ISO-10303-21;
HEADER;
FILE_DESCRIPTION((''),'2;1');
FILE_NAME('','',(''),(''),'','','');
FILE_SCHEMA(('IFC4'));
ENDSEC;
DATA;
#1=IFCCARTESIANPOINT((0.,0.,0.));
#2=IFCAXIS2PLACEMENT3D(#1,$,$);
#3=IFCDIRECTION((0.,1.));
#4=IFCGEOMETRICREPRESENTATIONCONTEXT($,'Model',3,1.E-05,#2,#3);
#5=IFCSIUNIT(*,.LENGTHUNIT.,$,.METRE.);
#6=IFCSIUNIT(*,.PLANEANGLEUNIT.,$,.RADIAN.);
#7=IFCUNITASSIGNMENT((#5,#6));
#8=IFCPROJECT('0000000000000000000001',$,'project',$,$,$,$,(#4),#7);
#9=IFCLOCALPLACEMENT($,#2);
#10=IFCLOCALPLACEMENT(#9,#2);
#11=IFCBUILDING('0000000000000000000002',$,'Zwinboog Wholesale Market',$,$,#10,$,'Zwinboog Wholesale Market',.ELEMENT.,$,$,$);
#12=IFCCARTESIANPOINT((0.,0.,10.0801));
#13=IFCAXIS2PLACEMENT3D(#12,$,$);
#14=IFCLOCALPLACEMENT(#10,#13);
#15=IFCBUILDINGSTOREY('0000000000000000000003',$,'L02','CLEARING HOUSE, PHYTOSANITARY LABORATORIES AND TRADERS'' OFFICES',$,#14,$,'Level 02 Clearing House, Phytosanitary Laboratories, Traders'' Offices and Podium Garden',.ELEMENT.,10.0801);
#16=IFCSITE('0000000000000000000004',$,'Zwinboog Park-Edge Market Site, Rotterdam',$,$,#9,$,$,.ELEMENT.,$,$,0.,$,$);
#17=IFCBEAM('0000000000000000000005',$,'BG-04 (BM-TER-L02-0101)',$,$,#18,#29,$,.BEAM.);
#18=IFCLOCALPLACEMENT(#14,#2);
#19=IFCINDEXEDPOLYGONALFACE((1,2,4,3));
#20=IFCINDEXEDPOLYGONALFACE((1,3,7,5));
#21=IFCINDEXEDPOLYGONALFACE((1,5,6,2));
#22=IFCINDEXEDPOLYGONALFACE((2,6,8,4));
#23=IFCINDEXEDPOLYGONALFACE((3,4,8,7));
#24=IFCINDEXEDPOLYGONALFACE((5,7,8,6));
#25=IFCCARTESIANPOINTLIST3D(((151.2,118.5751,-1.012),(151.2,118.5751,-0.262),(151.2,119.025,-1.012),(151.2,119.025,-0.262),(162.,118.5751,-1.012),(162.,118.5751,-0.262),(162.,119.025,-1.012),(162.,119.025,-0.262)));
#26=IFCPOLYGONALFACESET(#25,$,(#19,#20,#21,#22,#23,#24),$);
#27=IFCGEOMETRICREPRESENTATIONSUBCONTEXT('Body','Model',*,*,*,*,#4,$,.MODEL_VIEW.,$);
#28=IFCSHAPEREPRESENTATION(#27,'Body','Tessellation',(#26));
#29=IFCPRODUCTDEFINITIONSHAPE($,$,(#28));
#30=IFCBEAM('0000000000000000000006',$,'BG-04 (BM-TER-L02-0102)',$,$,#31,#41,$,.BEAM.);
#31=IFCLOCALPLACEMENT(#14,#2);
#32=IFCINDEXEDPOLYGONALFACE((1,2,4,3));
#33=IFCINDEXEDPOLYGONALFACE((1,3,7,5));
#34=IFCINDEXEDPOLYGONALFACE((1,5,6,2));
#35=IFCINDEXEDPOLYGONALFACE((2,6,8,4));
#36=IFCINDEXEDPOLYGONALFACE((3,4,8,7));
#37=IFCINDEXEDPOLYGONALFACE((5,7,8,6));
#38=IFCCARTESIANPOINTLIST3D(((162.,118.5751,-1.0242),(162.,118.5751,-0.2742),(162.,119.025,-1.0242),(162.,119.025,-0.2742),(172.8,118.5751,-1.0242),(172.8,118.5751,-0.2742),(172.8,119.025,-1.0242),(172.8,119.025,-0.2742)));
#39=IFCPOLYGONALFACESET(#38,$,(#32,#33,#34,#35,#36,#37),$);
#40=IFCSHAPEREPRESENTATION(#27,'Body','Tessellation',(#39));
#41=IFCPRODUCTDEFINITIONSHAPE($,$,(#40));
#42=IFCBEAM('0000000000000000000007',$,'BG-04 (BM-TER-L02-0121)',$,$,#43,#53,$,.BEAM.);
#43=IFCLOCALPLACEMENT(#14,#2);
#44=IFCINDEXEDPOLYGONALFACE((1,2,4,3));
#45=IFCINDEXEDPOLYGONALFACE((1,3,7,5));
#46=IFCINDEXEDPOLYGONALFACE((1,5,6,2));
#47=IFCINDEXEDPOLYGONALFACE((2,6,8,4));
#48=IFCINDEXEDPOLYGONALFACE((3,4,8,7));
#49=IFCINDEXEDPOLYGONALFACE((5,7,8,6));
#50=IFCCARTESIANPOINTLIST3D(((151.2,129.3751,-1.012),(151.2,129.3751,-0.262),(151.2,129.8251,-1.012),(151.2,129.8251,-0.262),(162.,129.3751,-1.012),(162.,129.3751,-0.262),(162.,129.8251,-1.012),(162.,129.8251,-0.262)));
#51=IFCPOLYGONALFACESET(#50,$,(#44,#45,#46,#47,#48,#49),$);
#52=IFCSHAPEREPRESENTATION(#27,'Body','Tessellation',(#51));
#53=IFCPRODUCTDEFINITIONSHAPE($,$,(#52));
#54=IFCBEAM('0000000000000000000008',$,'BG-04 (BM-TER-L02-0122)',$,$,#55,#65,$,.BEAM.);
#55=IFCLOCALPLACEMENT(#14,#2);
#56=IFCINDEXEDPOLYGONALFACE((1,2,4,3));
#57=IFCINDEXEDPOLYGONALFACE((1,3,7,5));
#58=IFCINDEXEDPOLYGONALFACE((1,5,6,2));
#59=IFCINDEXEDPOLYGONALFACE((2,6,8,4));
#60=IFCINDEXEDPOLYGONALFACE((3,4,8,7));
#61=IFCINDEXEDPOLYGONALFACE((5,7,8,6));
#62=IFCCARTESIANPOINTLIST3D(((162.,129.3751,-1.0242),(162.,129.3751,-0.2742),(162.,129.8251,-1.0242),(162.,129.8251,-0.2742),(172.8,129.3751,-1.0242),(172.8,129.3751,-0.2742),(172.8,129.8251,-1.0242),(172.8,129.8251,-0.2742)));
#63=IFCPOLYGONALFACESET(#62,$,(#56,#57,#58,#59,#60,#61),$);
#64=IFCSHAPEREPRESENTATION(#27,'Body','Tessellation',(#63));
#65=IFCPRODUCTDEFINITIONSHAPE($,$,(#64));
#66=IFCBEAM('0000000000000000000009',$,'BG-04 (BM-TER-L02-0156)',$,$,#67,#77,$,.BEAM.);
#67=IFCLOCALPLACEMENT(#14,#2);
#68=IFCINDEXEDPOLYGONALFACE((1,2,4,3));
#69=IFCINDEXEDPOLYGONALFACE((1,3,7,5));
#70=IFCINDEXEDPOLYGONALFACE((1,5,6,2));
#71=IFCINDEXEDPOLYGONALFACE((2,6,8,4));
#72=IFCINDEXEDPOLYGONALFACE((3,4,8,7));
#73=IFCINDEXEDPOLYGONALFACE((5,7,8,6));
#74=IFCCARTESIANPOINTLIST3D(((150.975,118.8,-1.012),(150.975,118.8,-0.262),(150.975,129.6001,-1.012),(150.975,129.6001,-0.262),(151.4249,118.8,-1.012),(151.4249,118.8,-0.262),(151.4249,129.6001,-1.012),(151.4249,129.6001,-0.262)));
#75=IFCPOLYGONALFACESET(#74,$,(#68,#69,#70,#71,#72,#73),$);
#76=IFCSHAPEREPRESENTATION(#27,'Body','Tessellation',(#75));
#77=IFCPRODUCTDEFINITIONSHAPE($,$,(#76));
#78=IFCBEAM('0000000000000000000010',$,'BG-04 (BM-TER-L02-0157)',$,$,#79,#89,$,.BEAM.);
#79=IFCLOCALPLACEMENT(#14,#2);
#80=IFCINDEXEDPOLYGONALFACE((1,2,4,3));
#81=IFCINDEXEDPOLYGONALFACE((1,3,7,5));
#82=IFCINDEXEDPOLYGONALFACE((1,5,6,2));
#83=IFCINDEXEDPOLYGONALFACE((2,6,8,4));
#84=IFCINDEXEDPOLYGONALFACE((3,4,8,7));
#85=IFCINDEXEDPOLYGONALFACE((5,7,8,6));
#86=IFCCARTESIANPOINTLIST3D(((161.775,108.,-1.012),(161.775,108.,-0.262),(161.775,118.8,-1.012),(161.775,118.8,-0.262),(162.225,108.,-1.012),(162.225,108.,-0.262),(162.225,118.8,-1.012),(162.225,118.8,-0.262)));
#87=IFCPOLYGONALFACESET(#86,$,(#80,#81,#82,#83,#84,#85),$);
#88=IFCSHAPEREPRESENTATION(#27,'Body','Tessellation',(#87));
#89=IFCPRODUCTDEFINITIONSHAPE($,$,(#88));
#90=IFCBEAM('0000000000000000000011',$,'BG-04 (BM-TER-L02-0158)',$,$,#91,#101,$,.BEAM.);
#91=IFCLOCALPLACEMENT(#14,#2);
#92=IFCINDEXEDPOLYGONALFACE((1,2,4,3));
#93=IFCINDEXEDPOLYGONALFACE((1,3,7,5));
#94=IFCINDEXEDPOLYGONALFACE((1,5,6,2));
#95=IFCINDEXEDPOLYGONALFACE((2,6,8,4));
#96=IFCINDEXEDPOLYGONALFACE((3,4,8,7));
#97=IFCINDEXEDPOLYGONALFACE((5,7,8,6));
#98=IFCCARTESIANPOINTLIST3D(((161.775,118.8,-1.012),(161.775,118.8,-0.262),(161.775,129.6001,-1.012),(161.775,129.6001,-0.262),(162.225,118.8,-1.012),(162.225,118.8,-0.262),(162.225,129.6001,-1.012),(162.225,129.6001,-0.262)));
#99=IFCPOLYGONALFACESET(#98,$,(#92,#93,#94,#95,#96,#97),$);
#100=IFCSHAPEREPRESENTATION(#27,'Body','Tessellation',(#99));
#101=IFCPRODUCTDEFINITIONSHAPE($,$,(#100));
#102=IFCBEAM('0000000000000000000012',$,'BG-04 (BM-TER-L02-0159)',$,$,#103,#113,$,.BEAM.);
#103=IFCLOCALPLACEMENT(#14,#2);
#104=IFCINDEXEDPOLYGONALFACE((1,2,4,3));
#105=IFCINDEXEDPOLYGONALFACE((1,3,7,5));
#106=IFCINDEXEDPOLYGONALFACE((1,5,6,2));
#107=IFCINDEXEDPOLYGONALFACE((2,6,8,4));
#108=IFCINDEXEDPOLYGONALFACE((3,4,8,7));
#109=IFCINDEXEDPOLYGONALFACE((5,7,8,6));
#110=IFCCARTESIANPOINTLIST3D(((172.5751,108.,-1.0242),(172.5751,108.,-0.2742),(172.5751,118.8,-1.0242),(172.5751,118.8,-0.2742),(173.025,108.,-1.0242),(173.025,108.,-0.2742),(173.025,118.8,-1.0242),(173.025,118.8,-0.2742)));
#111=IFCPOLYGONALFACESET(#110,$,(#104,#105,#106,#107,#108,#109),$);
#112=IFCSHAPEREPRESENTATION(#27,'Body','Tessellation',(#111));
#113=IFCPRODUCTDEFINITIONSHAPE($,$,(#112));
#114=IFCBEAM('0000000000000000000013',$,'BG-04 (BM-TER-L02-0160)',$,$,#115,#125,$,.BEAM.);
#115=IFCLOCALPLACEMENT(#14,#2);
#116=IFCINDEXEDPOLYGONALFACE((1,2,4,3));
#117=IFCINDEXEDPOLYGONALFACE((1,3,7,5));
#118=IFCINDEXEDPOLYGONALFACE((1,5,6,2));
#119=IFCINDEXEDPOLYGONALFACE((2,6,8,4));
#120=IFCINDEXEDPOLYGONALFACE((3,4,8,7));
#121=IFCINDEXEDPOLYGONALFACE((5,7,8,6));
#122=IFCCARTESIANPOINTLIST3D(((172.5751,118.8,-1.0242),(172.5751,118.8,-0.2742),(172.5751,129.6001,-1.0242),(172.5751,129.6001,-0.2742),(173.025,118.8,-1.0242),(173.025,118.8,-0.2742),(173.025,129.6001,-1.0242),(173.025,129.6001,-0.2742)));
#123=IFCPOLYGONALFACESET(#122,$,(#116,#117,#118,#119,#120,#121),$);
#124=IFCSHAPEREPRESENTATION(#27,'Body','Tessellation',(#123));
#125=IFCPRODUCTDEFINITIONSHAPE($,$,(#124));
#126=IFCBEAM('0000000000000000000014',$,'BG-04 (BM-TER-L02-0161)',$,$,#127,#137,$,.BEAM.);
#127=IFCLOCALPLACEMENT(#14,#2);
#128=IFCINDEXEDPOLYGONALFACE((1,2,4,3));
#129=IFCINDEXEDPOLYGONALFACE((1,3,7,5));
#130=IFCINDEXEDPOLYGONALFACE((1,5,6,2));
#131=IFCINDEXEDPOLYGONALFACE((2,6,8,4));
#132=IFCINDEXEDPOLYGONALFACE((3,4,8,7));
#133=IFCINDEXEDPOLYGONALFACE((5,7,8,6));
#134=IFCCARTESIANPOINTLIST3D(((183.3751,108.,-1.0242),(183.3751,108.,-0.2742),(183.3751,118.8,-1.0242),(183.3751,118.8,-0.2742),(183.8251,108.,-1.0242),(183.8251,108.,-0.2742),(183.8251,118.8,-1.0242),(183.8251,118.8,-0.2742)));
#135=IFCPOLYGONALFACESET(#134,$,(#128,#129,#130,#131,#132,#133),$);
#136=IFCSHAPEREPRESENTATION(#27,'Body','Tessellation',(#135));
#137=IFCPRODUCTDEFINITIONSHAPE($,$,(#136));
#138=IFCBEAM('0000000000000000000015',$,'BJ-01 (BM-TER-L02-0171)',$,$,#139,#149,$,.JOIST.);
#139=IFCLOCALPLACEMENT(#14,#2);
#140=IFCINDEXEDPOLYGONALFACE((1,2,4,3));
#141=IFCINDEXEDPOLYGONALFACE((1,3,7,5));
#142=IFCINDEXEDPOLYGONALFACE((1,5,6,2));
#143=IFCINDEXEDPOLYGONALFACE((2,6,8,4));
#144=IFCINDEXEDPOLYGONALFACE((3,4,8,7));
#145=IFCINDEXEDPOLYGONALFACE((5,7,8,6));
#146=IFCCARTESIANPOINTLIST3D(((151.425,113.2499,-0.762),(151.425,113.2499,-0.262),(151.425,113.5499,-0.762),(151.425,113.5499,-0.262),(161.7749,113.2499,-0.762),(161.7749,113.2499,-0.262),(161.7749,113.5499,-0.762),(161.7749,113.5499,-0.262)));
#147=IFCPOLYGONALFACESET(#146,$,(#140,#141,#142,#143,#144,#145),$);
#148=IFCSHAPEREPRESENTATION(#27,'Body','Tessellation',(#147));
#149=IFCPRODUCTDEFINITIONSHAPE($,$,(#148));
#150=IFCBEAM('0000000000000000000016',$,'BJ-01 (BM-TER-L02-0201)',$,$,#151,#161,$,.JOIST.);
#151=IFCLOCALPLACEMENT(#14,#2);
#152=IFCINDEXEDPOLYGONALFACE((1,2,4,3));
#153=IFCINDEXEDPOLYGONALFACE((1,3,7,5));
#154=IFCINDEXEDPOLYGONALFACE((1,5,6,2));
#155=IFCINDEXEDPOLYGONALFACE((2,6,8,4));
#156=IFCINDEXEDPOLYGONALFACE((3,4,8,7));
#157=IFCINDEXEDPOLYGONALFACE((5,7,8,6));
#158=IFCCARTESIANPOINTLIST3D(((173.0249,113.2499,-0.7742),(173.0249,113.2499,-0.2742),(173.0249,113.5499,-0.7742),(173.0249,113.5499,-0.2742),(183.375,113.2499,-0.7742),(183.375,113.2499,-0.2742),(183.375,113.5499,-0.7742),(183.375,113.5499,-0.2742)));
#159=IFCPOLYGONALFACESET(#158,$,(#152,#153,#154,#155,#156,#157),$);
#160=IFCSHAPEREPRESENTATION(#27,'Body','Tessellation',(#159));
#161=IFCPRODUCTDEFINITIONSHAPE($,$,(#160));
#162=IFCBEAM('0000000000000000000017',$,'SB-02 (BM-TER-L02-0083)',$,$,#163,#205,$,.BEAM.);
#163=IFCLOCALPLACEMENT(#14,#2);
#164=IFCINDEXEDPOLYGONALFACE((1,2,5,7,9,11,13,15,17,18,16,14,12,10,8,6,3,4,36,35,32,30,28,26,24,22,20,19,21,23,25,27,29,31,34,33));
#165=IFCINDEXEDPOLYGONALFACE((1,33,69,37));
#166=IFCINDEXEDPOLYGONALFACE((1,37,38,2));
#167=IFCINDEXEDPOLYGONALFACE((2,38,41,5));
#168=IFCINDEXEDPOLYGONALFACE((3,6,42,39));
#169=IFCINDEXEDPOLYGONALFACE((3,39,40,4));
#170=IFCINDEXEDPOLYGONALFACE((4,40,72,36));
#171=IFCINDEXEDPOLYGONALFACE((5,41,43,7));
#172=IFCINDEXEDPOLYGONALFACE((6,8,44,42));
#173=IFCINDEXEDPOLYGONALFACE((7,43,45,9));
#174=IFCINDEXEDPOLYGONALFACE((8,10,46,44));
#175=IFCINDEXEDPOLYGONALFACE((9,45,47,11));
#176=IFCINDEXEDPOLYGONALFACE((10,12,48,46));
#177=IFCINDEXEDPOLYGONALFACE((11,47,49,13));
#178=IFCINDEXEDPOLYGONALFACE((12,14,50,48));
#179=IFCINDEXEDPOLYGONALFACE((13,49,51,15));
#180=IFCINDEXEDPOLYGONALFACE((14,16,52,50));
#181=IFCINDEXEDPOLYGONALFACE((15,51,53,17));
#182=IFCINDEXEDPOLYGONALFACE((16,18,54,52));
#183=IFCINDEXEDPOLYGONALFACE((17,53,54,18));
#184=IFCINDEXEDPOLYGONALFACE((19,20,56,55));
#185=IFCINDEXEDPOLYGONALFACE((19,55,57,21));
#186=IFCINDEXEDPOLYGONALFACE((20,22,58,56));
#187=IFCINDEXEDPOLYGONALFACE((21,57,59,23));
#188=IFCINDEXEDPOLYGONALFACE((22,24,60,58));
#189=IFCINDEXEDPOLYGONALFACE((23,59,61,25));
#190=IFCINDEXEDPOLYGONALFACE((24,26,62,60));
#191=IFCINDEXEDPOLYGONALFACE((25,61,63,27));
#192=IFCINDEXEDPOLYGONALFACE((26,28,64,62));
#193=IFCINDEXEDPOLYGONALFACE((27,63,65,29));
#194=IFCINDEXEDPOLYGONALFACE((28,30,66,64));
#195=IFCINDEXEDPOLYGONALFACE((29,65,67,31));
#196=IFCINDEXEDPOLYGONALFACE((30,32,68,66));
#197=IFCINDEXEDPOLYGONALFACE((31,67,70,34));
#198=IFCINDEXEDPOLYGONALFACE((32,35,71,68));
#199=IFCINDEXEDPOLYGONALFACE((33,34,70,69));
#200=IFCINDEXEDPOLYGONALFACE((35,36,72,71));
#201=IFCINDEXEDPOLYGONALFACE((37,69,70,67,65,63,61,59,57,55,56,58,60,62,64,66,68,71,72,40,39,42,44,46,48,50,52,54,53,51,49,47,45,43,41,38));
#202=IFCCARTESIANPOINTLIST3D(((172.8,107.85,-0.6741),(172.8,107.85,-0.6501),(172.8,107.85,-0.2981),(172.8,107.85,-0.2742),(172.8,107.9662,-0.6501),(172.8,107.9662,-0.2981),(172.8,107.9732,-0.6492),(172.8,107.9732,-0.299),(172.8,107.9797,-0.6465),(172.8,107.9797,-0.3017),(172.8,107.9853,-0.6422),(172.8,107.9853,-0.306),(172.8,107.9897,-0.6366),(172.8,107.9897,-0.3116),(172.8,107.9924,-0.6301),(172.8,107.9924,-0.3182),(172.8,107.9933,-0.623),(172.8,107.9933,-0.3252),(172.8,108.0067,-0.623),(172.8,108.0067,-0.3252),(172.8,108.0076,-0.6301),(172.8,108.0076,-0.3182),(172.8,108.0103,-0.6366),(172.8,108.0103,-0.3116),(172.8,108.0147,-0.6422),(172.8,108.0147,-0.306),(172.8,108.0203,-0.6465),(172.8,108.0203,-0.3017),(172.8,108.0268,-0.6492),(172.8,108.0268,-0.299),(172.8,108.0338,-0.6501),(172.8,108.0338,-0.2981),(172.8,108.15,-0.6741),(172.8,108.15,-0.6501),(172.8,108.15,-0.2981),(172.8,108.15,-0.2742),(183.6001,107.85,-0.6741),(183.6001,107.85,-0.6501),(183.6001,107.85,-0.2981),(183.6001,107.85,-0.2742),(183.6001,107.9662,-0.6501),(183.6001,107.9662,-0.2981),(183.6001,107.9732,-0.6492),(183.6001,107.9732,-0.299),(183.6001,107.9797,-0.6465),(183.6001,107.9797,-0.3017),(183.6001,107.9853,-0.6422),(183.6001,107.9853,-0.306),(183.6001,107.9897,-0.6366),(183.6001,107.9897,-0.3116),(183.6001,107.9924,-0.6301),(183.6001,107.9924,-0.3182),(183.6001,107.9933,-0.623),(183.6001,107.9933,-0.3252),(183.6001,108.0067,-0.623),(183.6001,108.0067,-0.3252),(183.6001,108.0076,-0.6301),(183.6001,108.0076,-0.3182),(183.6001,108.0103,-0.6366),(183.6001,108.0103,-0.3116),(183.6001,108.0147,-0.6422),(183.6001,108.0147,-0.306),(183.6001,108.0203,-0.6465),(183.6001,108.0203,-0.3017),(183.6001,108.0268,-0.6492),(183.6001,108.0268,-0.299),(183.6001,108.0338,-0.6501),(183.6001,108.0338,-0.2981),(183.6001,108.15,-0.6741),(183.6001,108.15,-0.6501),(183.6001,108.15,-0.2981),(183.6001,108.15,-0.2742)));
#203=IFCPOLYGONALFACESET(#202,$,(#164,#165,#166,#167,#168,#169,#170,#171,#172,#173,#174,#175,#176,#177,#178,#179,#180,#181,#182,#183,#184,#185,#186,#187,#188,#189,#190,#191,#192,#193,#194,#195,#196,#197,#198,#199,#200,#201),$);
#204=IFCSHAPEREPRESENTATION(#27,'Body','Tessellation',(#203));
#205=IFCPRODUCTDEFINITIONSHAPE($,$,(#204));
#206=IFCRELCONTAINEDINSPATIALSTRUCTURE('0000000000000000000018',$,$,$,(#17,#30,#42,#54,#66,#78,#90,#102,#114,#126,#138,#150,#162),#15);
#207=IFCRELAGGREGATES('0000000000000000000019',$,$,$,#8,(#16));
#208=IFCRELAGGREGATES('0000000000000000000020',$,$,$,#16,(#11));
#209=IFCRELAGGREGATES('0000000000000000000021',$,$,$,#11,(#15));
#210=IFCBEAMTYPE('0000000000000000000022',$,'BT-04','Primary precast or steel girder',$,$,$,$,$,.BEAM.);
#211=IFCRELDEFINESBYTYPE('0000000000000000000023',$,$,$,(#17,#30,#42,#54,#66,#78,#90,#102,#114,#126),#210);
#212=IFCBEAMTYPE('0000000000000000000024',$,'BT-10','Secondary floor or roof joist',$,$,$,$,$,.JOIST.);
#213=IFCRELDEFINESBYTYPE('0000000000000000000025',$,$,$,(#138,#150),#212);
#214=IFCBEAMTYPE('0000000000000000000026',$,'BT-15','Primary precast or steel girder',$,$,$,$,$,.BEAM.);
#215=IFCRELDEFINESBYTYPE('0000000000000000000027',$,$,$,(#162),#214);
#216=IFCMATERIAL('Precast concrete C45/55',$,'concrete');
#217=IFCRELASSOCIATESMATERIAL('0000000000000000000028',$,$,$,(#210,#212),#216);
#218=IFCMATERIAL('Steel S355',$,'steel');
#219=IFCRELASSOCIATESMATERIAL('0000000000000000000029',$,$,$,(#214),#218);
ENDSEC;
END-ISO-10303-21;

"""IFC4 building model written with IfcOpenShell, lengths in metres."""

from ifc_helpers import new_model, si_unit, direction, frame, origin, origin_2d, place, context, subcontext, project, spatial, rectangle, i_section, extrude, material, material_profile, profile_set, type_object, element, save


model = new_model("IFC4")

# Units and contexts
model_context = context("Model", 3, precision=1e-05, world=origin(), true_north=direction((0.0, 1.0)))
body_context = subcontext(model_context, "Body", "Model", "MODEL_VIEW")
ifc_project = project(units=[si_unit("LENGTHUNIT", "METRE"), si_unit("PLANEANGLEUNIT", "RADIAN")], contexts=[model_context])

# Site, building, storey
site_placement = place(None, origin())
site = spatial("IfcSite", under=ifc_project, at=site_placement, Name="Zwinboog Park-Edge Market Site, Rotterdam", CompositionType="ELEMENT", RefElevation=0.0)
building_placement = place(site_placement, origin())
building = spatial("IfcBuilding", under=site, at=building_placement, Name="Zwinboog Wholesale Market", LongName="Zwinboog Wholesale Market", CompositionType="ELEMENT")
storey_placement = place(building_placement, frame((0.0, 0.0, 10.0801)))
storey = spatial("IfcBuildingStorey", under=building, at=storey_placement, Name="L02", Description="CLEARING HOUSE, PHYTOSANITARY LABORATORIES AND TRADERS' OFFICES", LongName="Level 02 Clearing House, Phytosanitary Laboratories, Traders' Offices and Podium Garden", CompositionType="ELEMENT", Elevation=10.0801)

# Beams
ifc_material_1 = material(Name="Precast concrete C45/55", Category="concrete")
ifc_material_profile_1 = material_profile(ifc_material_1, rectangle(XDim=0.45, YDim=0.75, at=origin_2d()), Name="PC 450x750")
ifc_profile_set_1 = profile_set([ifc_material_profile_1], Name="Precast concrete C45/55")
beam_type_1 = type_object("IfcBeamType", Name="BT-04", Description="Primary precast or steel girder", PredefinedType="BEAM", material=ifc_profile_set_1)
for number, where, z_axis, x_axis, name in (
    (1, (151.2, 118.8, -0.637), (1.0, 0.0, 0.0), (0.0, 1.0, 0.0), "BG-04 (BM-TER-L02-0101)"),
    (2, (162.0, 118.8, -0.6492), (1.0, 0.0, 0.0), (0.0, 1.0, 0.0), "BG-04 (BM-TER-L02-0102)"),
    (3, (151.2, 129.6001, -0.637), (1.0, 0.0, 0.0), (0.0, 1.0, 0.0), "BG-04 (BM-TER-L02-0121)"),
    (4, (162.0, 129.6001, -0.6492), (1.0, 0.0, 0.0), (0.0, 1.0, 0.0), "BG-04 (BM-TER-L02-0122)"),
    (5, (151.2, 118.8, -0.637), (0.0, 1.0, 0.0), (-1.0, 0.0, 0.0), "BG-04 (BM-TER-L02-0156)"),
    (6, (162.0, 108.0, -0.637), (0.0, 1.0, 0.0), (-1.0, 0.0, 0.0), "BG-04 (BM-TER-L02-0157)"),
    (7, (162.0, 118.8, -0.637), (0.0, 1.0, 0.0), (-1.0, 0.0, 0.0), "BG-04 (BM-TER-L02-0158)"),
    (8, (172.8, 108.0, -0.6492), (0.0, 1.0, 0.0), (-1.0, 0.0, 0.0), "BG-04 (BM-TER-L02-0159)"),
    (9, (172.8, 118.8, -0.6492), (0.0, 1.0, 0.0), (-1.0, 0.0, 0.0), "BG-04 (BM-TER-L02-0160)"),
    (10, (183.6001, 108.0, -0.6492), (0.0, 1.0, 0.0), (-1.0, 0.0, 0.0), "BG-04 (BM-TER-L02-0161)"),
):
    element("IfcBeam", number, at=place(storey_placement, frame(where, z_axis=z_axis, x_axis=x_axis)), inside=storey, type_object=beam_type_1, Name=name, PredefinedType="BEAM", context=body_context, shape_type="SweptSolid", body=[
        extrude(rectangle(XDim=0.45, YDim=0.75, at=origin_2d()), origin(), (0.0, 0.0, 1.0), 10.8),
    ])
ifc_material_profile_2 = material_profile(ifc_material_1, rectangle(XDim=0.3, YDim=0.5, at=origin_2d()), Name="PC 300x500")
ifc_profile_set_2 = profile_set([ifc_material_profile_2], Name="Precast concrete C45/55")
beam_type_2 = type_object("IfcBeamType", Name="BT-10", Description="Secondary floor or roof joist", PredefinedType="JOIST", material=ifc_profile_set_2)
beam_1_placement = place(storey_placement, frame((151.425, 113.3999, -0.512), z_axis=(1.0, 0.0, 0.0), x_axis=(0.0, 1.0, 0.0)))
element("IfcBeam", 11, at=beam_1_placement, inside=storey, type_object=beam_type_2, Name="BJ-01 (BM-TER-L02-0171)", PredefinedType="JOIST", context=body_context, shape_type="SweptSolid", body=[
    extrude(rectangle(XDim=0.3, YDim=0.5, at=origin_2d()), origin(), (0.0, 0.0, 1.0), 10.3499),
])
beam_2_placement = place(storey_placement, frame((173.0249, 113.3999, -0.5242), z_axis=(1.0, 0.0, 0.0), x_axis=(0.0, 1.0, 0.0)))
element("IfcBeam", 12, at=beam_2_placement, inside=storey, type_object=beam_type_2, Name="BJ-01 (BM-TER-L02-0201)", PredefinedType="JOIST", context=body_context, shape_type="SweptSolid", body=[
    extrude(rectangle(XDim=0.3, YDim=0.5, at=origin_2d()), origin(), (0.0, 0.0, 1.0), 10.3501),
])
ifc_material_2 = material(Name="Steel S355", Category="steel")
ifc_material_profile_3 = material_profile(ifc_material_2, i_section(OverallWidth=0.3, OverallDepth=0.3999, WebThickness=0.0134, FlangeThickness=0.0239, FilletRadius=0.0271, at=origin_2d()), Name="HEB 400")
ifc_profile_set_3 = profile_set([ifc_material_profile_3], Name="Steel S355")
beam_type_3 = type_object("IfcBeamType", Name="BT-15", Description="Primary precast or steel girder", PredefinedType="BEAM", material=ifc_profile_set_3)
beam_3_placement = place(storey_placement, frame((172.8, 108.0, -0.4741), z_axis=(1.0, 0.0, 0.0), x_axis=(0.0, 1.0, 0.0)))
element("IfcBeam", 13, at=beam_3_placement, inside=storey, type_object=beam_type_3, Name="SB-02 (BM-TER-L02-0083)", PredefinedType="BEAM", context=body_context, shape_type="SweptSolid", body=[
    extrude(i_section(OverallWidth=0.3, OverallDepth=0.3999, WebThickness=0.0134, FlangeThickness=0.0239, FilletRadius=0.0271, at=origin_2d()), origin(), (0.0, 0.0, 1.0), 10.8),
])

save(model, "model.ifc")
